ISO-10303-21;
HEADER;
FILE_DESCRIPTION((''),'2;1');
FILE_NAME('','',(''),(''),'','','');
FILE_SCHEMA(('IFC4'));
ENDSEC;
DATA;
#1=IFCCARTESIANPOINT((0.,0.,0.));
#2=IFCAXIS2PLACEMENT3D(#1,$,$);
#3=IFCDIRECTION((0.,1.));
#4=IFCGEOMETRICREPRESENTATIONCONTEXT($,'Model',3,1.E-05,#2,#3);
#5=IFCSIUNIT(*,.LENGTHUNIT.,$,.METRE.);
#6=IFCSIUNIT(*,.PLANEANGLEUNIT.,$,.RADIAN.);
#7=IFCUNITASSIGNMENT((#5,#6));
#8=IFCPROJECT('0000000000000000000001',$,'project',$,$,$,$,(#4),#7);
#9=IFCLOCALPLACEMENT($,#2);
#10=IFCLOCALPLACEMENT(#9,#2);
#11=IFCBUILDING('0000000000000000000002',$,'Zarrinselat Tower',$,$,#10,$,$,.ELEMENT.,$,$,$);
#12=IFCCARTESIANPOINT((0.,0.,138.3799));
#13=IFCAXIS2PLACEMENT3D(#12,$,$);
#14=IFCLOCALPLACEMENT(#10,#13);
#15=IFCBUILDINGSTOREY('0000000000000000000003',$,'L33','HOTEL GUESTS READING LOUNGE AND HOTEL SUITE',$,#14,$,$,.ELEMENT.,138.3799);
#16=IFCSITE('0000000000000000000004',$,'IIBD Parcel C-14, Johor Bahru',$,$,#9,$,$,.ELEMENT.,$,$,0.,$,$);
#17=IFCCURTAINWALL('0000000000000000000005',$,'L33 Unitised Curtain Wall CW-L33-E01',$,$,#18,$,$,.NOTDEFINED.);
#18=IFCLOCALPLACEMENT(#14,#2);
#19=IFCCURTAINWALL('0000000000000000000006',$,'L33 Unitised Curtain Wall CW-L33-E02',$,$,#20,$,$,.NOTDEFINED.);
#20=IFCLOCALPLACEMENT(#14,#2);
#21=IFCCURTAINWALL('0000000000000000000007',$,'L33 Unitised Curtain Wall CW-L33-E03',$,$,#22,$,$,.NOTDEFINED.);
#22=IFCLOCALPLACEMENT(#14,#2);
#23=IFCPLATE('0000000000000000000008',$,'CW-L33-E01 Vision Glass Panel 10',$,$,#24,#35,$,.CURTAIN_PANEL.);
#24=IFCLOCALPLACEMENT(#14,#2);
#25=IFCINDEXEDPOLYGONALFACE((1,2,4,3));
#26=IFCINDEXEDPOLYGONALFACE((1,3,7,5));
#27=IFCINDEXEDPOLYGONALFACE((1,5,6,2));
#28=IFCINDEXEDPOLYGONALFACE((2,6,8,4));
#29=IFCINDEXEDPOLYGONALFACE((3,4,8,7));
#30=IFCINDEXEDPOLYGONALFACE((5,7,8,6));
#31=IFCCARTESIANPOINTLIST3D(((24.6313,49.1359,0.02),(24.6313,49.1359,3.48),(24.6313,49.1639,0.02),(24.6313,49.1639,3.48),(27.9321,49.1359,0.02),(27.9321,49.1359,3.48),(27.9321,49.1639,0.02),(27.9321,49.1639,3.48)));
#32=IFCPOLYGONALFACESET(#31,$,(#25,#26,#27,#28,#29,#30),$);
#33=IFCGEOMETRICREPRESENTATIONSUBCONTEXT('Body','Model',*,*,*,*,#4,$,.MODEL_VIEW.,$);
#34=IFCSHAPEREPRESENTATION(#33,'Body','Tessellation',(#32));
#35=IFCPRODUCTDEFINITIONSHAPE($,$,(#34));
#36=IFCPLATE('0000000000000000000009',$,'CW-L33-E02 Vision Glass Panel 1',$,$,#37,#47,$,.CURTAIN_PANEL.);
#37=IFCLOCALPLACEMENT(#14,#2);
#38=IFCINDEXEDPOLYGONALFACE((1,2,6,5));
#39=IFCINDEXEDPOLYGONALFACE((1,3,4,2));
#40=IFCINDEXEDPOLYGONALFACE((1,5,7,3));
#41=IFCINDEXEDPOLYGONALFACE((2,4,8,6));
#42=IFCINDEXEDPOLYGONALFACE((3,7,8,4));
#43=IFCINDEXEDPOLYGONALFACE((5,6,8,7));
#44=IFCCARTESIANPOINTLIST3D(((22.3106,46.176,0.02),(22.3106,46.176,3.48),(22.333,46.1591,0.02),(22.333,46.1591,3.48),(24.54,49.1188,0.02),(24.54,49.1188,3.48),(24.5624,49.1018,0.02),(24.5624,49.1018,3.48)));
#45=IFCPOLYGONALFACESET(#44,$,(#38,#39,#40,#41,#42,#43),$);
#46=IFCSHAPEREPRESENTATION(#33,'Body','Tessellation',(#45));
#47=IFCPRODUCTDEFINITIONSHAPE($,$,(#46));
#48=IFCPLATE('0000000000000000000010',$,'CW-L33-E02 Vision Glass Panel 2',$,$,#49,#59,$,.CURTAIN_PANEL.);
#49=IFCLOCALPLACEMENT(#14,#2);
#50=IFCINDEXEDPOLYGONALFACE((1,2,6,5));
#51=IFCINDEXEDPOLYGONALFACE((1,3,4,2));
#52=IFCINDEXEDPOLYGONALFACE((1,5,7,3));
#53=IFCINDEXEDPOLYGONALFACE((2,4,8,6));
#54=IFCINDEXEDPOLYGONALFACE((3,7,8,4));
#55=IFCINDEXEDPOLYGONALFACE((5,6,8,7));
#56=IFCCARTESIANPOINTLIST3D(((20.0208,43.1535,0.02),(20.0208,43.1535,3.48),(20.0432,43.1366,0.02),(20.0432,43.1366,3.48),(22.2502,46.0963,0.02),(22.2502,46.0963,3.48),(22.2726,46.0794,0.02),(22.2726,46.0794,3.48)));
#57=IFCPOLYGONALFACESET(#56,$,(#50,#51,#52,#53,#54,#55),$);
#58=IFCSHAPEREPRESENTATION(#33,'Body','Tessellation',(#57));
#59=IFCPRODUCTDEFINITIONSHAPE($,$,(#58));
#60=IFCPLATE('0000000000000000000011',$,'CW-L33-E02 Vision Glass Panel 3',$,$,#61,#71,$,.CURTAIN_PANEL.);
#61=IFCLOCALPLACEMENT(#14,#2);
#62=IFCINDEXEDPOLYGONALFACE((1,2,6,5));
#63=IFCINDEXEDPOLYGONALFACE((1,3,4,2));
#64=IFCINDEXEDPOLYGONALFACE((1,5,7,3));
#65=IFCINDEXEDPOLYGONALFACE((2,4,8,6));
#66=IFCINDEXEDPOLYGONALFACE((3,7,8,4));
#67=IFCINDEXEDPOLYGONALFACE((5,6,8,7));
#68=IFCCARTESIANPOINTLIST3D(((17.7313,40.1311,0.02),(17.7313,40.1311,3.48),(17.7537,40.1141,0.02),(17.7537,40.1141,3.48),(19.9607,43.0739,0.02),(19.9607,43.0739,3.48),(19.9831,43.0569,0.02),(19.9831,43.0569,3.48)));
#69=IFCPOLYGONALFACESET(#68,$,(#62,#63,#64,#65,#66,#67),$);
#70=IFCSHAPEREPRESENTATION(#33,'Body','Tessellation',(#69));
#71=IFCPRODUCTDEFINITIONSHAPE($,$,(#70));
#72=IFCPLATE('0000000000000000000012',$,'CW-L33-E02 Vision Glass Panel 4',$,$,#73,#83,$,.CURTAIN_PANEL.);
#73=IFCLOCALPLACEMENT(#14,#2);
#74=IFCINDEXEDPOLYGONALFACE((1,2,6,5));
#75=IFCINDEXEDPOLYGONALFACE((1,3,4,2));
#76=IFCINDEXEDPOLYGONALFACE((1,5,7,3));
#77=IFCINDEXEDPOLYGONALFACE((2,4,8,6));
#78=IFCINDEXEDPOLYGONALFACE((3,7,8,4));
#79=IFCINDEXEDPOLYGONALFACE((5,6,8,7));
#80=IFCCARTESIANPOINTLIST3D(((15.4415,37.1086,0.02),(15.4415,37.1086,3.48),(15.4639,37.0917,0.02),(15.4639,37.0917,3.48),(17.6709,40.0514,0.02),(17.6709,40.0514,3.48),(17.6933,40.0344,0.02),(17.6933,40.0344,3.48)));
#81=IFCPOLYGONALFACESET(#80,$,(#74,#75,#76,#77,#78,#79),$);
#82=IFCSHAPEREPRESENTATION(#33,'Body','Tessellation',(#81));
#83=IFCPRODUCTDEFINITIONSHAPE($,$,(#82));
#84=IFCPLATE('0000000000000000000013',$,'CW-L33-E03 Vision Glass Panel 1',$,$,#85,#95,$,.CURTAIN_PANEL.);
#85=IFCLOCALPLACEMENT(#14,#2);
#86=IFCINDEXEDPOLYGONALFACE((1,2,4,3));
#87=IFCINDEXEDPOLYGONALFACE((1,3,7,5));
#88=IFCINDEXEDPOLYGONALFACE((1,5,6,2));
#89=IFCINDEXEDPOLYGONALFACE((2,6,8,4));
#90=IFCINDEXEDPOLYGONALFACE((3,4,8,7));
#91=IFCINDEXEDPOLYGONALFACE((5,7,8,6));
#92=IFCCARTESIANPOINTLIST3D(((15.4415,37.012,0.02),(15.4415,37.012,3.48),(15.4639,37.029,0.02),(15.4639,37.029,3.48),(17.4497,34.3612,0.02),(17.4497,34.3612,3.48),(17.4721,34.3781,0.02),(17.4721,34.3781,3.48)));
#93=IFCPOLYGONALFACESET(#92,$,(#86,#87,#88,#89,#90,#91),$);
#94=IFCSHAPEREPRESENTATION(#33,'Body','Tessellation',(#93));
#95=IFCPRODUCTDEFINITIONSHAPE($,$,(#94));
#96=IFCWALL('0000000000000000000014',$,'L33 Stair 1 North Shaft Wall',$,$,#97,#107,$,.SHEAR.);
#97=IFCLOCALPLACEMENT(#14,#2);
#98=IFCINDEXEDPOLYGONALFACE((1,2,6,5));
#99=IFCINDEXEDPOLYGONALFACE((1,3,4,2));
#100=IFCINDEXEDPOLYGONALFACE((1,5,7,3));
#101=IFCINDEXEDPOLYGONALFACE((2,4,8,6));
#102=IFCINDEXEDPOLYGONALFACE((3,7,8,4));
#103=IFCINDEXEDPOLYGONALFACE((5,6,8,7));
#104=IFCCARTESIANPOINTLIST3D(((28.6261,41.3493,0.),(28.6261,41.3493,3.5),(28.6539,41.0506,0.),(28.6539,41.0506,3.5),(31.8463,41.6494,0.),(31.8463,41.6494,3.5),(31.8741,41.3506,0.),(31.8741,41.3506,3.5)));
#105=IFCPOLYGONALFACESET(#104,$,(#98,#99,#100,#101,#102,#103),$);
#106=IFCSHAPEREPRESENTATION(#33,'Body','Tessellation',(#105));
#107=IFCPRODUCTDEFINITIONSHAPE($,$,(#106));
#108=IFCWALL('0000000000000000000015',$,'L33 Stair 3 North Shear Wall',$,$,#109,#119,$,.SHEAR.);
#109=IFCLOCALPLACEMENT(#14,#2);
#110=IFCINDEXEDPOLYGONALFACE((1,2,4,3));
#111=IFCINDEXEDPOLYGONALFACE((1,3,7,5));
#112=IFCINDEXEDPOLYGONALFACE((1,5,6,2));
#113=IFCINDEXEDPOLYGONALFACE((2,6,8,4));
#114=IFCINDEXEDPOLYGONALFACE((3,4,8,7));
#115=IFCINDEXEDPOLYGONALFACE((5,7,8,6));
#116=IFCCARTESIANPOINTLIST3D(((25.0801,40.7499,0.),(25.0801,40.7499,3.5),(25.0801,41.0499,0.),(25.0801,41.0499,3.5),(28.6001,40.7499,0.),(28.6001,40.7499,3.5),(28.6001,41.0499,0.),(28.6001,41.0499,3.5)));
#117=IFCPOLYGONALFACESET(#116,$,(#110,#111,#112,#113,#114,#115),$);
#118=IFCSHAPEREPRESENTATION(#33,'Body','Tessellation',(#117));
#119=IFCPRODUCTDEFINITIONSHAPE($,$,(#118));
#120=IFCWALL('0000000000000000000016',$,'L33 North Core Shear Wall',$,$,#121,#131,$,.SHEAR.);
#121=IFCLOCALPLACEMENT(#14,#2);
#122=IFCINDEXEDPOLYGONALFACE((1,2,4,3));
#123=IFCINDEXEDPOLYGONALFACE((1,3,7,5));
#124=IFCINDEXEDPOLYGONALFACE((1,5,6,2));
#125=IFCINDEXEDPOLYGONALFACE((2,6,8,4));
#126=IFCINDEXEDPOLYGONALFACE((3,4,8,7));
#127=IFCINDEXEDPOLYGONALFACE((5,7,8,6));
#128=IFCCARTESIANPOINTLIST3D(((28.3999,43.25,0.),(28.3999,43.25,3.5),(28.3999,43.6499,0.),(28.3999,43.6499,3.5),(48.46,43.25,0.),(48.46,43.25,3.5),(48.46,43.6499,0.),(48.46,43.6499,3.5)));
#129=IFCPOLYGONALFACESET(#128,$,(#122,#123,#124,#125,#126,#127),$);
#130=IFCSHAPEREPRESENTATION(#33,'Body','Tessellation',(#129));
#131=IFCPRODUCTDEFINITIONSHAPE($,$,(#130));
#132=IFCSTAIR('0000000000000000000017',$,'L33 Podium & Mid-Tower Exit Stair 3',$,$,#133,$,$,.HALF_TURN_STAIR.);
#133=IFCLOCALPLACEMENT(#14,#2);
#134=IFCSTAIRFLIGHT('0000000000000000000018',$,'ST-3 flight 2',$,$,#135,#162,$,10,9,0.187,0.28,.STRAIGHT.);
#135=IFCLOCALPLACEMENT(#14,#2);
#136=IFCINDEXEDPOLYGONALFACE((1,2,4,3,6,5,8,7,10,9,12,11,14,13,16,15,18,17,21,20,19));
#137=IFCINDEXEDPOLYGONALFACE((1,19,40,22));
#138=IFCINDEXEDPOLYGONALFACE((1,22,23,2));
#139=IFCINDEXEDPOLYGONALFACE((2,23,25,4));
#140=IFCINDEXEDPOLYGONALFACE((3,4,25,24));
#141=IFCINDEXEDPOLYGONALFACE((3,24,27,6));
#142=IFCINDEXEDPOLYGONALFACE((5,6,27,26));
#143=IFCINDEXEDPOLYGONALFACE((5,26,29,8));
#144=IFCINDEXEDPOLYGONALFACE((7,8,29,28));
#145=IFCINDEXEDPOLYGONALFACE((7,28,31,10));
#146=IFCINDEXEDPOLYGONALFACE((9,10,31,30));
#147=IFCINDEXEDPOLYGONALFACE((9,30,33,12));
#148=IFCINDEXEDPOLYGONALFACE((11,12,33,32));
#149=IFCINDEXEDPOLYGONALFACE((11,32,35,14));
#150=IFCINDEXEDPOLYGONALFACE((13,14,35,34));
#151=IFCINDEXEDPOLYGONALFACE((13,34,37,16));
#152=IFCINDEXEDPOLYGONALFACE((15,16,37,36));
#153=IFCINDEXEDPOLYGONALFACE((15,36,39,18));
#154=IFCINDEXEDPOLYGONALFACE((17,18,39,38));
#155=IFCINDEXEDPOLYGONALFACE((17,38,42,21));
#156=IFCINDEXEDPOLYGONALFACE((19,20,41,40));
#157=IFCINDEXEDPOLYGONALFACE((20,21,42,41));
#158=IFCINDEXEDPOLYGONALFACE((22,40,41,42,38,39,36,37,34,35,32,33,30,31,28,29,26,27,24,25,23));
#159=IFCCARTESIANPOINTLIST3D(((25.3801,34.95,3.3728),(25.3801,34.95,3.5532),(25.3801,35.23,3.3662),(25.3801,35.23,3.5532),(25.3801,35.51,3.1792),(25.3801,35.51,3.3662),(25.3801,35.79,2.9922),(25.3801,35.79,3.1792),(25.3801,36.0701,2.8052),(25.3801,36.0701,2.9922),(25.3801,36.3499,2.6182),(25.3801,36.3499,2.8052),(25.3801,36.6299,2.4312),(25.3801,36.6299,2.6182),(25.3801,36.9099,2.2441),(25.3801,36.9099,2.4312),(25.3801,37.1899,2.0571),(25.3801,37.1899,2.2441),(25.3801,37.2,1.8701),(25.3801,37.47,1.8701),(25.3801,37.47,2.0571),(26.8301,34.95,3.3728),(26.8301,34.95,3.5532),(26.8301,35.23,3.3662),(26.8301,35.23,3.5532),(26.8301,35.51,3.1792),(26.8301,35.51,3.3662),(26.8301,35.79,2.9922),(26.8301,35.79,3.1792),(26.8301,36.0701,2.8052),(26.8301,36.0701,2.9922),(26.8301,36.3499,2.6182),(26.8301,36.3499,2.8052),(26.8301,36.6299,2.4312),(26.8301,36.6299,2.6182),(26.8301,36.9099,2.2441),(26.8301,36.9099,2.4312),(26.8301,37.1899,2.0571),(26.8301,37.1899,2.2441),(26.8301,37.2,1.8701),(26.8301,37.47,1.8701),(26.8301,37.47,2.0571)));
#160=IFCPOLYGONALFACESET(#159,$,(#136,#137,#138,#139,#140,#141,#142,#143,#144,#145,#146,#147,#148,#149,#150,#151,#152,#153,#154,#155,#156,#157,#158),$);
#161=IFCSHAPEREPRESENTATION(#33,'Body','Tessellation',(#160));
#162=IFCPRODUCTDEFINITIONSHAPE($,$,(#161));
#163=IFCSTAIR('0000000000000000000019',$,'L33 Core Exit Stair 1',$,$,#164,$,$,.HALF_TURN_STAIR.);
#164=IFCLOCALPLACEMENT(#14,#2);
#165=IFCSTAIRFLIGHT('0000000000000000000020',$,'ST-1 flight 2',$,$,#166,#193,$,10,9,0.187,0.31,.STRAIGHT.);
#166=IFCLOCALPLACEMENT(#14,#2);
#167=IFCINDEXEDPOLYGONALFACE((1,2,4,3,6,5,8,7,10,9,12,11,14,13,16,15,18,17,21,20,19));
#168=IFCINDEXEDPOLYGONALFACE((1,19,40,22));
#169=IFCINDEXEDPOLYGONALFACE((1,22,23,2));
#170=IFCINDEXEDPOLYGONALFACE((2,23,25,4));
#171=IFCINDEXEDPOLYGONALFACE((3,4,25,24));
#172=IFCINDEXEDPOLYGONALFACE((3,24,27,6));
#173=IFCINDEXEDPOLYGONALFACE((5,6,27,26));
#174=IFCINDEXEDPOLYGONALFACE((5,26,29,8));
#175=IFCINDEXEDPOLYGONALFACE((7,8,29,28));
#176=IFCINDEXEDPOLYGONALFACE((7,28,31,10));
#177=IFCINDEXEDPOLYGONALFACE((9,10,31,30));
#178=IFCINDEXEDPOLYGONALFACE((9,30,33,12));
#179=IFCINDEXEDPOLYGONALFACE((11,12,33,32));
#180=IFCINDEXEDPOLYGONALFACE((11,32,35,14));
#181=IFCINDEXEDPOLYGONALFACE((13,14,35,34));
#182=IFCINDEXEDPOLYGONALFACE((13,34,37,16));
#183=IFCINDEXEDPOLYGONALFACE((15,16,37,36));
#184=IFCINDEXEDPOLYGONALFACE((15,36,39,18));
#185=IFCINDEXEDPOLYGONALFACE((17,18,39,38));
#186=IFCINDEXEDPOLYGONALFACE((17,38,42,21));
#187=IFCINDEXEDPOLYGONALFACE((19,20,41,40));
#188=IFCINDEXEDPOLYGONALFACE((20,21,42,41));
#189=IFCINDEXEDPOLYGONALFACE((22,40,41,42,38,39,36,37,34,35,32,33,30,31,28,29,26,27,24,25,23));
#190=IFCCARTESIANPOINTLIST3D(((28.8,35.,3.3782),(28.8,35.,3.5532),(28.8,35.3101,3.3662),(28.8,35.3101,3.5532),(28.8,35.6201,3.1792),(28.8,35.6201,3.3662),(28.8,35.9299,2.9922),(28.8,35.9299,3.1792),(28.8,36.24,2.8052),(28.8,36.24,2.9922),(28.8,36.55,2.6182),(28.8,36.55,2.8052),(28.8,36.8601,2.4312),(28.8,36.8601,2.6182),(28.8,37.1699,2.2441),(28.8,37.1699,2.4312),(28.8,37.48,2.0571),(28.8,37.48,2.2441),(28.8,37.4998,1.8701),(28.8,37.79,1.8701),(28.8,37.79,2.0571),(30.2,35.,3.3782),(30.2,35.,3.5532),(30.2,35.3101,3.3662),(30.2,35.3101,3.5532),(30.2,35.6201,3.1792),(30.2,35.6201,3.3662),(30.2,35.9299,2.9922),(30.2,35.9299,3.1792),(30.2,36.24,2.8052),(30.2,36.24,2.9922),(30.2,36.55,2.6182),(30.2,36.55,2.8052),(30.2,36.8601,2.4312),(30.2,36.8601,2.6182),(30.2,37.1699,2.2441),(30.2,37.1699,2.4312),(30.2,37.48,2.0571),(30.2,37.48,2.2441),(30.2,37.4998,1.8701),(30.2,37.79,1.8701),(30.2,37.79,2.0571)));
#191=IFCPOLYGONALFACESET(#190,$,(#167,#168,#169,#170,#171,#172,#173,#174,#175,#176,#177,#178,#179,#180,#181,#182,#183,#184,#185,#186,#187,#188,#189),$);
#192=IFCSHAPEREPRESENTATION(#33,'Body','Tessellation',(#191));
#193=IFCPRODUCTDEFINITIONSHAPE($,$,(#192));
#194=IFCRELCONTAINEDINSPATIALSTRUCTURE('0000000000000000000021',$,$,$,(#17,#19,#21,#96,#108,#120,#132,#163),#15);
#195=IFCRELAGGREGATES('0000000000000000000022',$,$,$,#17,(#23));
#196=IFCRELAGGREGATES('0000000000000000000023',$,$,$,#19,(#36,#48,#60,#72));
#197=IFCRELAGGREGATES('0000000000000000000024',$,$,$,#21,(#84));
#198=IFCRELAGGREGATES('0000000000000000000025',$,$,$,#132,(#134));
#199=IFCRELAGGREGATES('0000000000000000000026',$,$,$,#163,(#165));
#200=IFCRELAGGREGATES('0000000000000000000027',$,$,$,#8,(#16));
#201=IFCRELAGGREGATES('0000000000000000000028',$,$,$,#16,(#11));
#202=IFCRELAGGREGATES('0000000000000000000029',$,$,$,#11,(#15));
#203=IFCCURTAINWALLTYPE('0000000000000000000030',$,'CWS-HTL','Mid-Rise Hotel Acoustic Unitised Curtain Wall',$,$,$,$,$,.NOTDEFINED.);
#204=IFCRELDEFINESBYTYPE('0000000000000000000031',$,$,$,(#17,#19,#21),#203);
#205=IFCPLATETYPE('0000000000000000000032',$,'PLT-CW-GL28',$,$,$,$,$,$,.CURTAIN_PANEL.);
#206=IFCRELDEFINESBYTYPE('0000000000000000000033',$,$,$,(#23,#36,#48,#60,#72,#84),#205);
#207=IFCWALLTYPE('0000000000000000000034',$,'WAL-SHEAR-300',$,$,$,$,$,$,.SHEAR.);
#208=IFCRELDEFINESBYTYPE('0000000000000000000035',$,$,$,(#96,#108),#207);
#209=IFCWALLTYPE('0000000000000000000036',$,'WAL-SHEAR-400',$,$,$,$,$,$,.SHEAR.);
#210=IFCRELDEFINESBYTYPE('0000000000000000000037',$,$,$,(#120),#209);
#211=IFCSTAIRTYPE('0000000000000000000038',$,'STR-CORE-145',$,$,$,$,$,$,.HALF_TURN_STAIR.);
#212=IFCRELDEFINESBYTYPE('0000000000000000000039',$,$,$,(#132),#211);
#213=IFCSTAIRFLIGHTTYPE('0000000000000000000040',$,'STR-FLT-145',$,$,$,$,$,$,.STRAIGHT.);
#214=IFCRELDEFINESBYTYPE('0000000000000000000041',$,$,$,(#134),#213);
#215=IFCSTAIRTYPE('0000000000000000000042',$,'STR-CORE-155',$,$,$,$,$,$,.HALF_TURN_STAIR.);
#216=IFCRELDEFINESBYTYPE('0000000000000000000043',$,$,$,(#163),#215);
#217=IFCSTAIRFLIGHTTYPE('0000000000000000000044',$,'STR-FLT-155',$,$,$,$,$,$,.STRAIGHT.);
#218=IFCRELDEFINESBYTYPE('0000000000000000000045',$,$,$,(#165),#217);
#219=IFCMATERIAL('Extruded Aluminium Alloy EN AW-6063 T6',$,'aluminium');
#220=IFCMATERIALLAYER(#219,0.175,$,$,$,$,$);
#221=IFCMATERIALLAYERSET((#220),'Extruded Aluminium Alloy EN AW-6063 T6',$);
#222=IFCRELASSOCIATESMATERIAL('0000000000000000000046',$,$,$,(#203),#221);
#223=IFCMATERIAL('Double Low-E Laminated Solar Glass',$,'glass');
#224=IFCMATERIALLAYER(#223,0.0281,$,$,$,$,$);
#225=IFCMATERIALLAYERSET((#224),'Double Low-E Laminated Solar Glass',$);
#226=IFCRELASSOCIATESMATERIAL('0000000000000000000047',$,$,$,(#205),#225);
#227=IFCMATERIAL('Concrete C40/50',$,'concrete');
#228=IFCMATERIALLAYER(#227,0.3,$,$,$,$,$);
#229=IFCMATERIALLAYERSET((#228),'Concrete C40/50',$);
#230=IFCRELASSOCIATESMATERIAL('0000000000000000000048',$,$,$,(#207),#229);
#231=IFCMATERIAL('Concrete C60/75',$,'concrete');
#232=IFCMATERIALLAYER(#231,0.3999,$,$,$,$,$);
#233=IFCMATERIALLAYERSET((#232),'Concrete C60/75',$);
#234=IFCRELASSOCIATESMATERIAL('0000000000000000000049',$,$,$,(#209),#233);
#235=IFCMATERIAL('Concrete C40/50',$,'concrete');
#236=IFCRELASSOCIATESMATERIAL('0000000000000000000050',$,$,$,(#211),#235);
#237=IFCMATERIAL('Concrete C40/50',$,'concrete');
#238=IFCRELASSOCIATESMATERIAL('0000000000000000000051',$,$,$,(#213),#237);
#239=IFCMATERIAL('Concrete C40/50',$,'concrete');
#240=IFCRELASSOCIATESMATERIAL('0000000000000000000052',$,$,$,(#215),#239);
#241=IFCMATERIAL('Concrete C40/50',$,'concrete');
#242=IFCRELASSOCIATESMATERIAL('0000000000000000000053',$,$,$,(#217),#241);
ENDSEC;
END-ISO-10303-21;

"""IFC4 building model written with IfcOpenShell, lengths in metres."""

from ifc_helpers import new_model, si_unit, direction, frame, frame_2d, origin, origin_2d, place, context, subcontext, project, spatial, polyline, rectangle, outline, extrude, material, layer, layer_set, type_object, element, aggregate, save


model = new_model("IFC4")

# Units and contexts
model_context = context("Model", 3, precision=1e-05, world=origin(), true_north=direction((0.0, 1.0)))
body_context = subcontext(model_context, "Body", "Model", "MODEL_VIEW")
ifc_project = project(units=[si_unit("LENGTHUNIT", "METRE"), si_unit("PLANEANGLEUNIT", "RADIAN")], contexts=[model_context])

# Site, building, storey
site_placement = place(None, origin())
site = spatial("IfcSite", under=ifc_project, at=site_placement, Name="IIBD Parcel C-14, Johor Bahru", CompositionType="ELEMENT", RefElevation=0.0)
building_placement = place(site_placement, origin())
building = spatial("IfcBuilding", under=site, at=building_placement, Name="Zarrinselat Tower", CompositionType="ELEMENT")
storey_placement = place(building_placement, frame((0.0, 0.0, 138.3799)))
storey = spatial("IfcBuildingStorey", under=building, at=storey_placement, Name="L33", Description="HOTEL GUESTS READING LOUNGE AND HOTEL SUITE", CompositionType="ELEMENT", Elevation=138.3799)

# Curtain walls
ifc_material_1 = material(Name="Extruded Aluminium Alloy EN AW-6063 T6", Category="aluminium")
ifc_layer_1 = layer(ifc_material_1, 0.175)
ifc_layer_set_1 = layer_set([ifc_layer_1], Name="Extruded Aluminium Alloy EN AW-6063 T6")
curtain_wall_type = type_object("IfcCurtainWallType", Name="CWS-HTL", Description="Mid-Rise Hotel Acoustic Unitised Curtain Wall", PredefinedType="NOTDEFINED", material=ifc_layer_set_1)
curtain_wall_1_placement = place(storey_placement, origin())
curtain_wall_1 = element("IfcCurtainWall", 1, at=curtain_wall_1_placement, inside=storey, type_object=curtain_wall_type, Name="L33 Unitised Curtain Wall CW-L33-E01", PredefinedType="NOTDEFINED")
curtain_wall_2_placement = place(storey_placement, origin())
curtain_wall_2 = element("IfcCurtainWall", 2, at=curtain_wall_2_placement, inside=storey, type_object=curtain_wall_type, Name="L33 Unitised Curtain Wall CW-L33-E02", PredefinedType="NOTDEFINED")

# Curtain wall
curtain_wall_3_placement = place(storey_placement, origin())
curtain_wall_3 = element("IfcCurtainWall", 3, at=curtain_wall_3_placement, inside=storey, type_object=curtain_wall_type, Name="L33 Unitised Curtain Wall CW-L33-E03", PredefinedType="NOTDEFINED")

# Plates
ifc_material_2 = material(Name="Double Low-E Laminated Solar Glass", Category="glass")
ifc_layer_2 = layer(ifc_material_2, 0.0281)
ifc_layer_set_2 = layer_set([ifc_layer_2], Name="Double Low-E Laminated Solar Glass")
plate_type = type_object("IfcPlateType", Name="PLT-CW-GL28", PredefinedType="CURTAIN_PANEL", material=ifc_layer_set_2)
plate_1_placement = place(storey_placement, frame((26.2817, 49.1499, 0.02), z_axis=(0.0, 0.0, 1.0), x_axis=(-1.0, 0.0, 0.0)))
plate_1 = element("IfcPlate", 4, at=plate_1_placement, type_object=plate_type, Name="CW-L33-E01 Vision Glass Panel 10", PredefinedType="CURTAIN_PANEL", context=body_context, shape_type="SweptSolid", body=[
    extrude(rectangle(XDim=3.3008, YDim=0.0281, at=origin_2d()), origin(), (0.0, 0.0, 1.0), 3.46),
])
aggregate(curtain_wall_1, [plate_1])
plate_2_placement = place(storey_placement, frame((23.4365, 47.6389, 0.02), z_axis=(0.0, 0.0, 1.0), x_axis=(-0.603859, -0.797091, 0.0)))
plate_2 = element("IfcPlate", 5, at=plate_2_placement, type_object=plate_type, Name="CW-L33-E02 Vision Glass Panel 1", PredefinedType="CURTAIN_PANEL", context=body_context, shape_type="SweptSolid", body=[
    extrude(rectangle(XDim=3.6919, YDim=0.0281, at=origin_2d()), origin(), (0.0, 0.0, 1.0), 3.46),
])
plate_3_placement = place(storey_placement, frame((21.1467, 44.6165, 0.02), z_axis=(0.0, 0.0, 1.0), x_axis=(-0.603859, -0.797091, 0.0)))
plate_3 = element("IfcPlate", 6, at=plate_3_placement, type_object=plate_type, Name="CW-L33-E02 Vision Glass Panel 2", PredefinedType="CURTAIN_PANEL", context=body_context, shape_type="SweptSolid", body=[
    extrude(rectangle(XDim=3.6919, YDim=0.0281, at=origin_2d()), origin(), (0.0, 0.0, 1.0), 3.46),
])
plate_4_placement = place(storey_placement, frame((18.8572, 41.594, 0.02), z_axis=(0.0, 0.0, 1.0), x_axis=(-0.603859, -0.797091, 0.0)))
plate_4 = element("IfcPlate", 7, at=plate_4_placement, type_object=plate_type, Name="CW-L33-E02 Vision Glass Panel 3", PredefinedType="CURTAIN_PANEL", context=body_context, shape_type="SweptSolid", body=[
    extrude(rectangle(XDim=3.6919, YDim=0.0281, at=origin_2d()), origin(), (0.0, 0.0, 1.0), 3.46),
])
plate_5_placement = place(storey_placement, frame((16.5674, 38.5715, 0.02), z_axis=(0.0, 0.0, 1.0), x_axis=(-0.603859, -0.797091, 0.0)))
plate_5 = element("IfcPlate", 8, at=plate_5_placement, type_object=plate_type, Name="CW-L33-E02 Vision Glass Panel 4", PredefinedType="CURTAIN_PANEL", context=body_context, shape_type="SweptSolid", body=[
    extrude(rectangle(XDim=3.6919, YDim=0.0281, at=origin_2d()), origin(), (0.0, 0.0, 1.0), 3.46),
])
aggregate(curtain_wall_2, [plate_2, plate_3, plate_4, plate_5])
plate_6_placement = place(storey_placement, frame((16.4568, 35.6951, 0.02), z_axis=(0.0, 0.0, 1.0), x_axis=(0.603856, -0.797094, 0.0)))
plate_6 = element("IfcPlate", 9, at=plate_6_placement, type_object=plate_type, Name="CW-L33-E03 Vision Glass Panel 1", PredefinedType="CURTAIN_PANEL", context=body_context, shape_type="SweptSolid", body=[
    extrude(rectangle(XDim=3.3257, YDim=0.0281, at=origin_2d()), origin(), (0.0, 0.0, 1.0), 3.46),
])
aggregate(curtain_wall_3, [plate_6])

# Walls
ifc_material_3 = material(Name="Concrete C40/50", Category="concrete")
ifc_layer_3 = layer(ifc_material_3, 0.3)
ifc_layer_set_3 = layer_set([ifc_layer_3], Name="Concrete C40/50")
wall_type_1 = type_object("IfcWallType", Name="WAL-SHEAR-300", PredefinedType="SHEAR", material=ifc_layer_set_3)
wall_1_placement = place(storey_placement, frame((28.6399, 41.2, 0.0), z_axis=(0.0, 0.0, 1.0), x_axis=(0.995687, 0.092775, 0.0)))
element("IfcWall", 10, at=wall_1_placement, inside=storey, type_object=wall_type_1, Name="L33 Stair 1 North Shaft Wall", PredefinedType="SHEAR", context=body_context, shape_type="SweptSolid", body=[
    extrude(rectangle(XDim=3.2341, YDim=0.3, at=frame_2d((1.6172, 0.0))), origin(), (0.0, 0.0, 1.0), 3.5),
])
wall_2_placement = place(storey_placement, frame((25.0801, 40.8999, 0.0), z_axis=(0.0, 0.0, 1.0), x_axis=(1.0, 0.0, 0.0)))
element("IfcWall", 11, at=wall_2_placement, inside=storey, type_object=wall_type_1, Name="L33 Stair 3 North Shear Wall", PredefinedType="SHEAR", context=body_context, shape_type="SweptSolid", body=[
    extrude(rectangle(XDim=3.52, YDim=0.3, at=frame_2d((1.76, 0.0))), origin(), (0.0, 0.0, 1.0), 3.5),
])
ifc_material_4 = material(Name="Concrete C60/75", Category="concrete")
ifc_layer_4 = layer(ifc_material_4, 0.3999)
ifc_layer_set_4 = layer_set([ifc_layer_4], Name="Concrete C60/75")
wall_type_2 = type_object("IfcWallType", Name="WAL-SHEAR-400", PredefinedType="SHEAR", material=ifc_layer_set_4)
wall_3_placement = place(storey_placement, frame((28.3999, 43.45, 0.0), z_axis=(0.0, 0.0, 1.0), x_axis=(1.0, 0.0, 0.0)))
element("IfcWall", 12, at=wall_3_placement, inside=storey, type_object=wall_type_2, Name="L33 North Core Shear Wall", PredefinedType="SHEAR", context=body_context, shape_type="SweptSolid", body=[
    extrude(rectangle(XDim=20.0601, YDim=0.3999, at=frame_2d((10.03, 0.0))), origin(), (0.0, 0.0, 1.0), 3.5),
])

# Stairs, stair flights
ifc_material_5 = material(Name="Concrete C40/50", Category="concrete")
stair_type_1 = type_object("IfcStairType", Name="STR-CORE-145", PredefinedType="HALF_TURN_STAIR", material=ifc_material_5)
stair_1_placement = place(storey_placement, origin())
stair_1 = element("IfcStair", 13, at=stair_1_placement, inside=storey, type_object=stair_type_1, Name="L33 Podium & Mid-Tower Exit Stair 3", PredefinedType="HALF_TURN_STAIR")
ifc_material_6 = material(Name="Concrete C40/50", Category="concrete")
stair_flight_type_1 = type_object("IfcStairFlightType", Name="STR-FLT-145", PredefinedType="STRAIGHT", material=ifc_material_6)
stair_flight_1_placement = place(storey_placement, frame((26.105, 37.47, 1.8701), z_axis=(0.0, 0.0, 1.0), x_axis=(0.0, -1.0, 0.0)))
stair_flight_1 = element("IfcStairFlight", 14, at=stair_flight_1_placement, type_object=stair_flight_type_1, Name="ST-3 flight 2", NumberOfRisers=10, NumberOfTreads=9, PredefinedType="STRAIGHT", RiserHeight=0.187, TreadLength=0.28, context=body_context, shape_type="SweptSolid", body=[
    extrude(outline(polyline([(0.0, 0.0), (0.0, 0.187), (0.28, 0.187), (0.28, 0.374), (0.5601, 0.374), (0.5601, 0.561), (0.8401, 0.561), (0.8401, 0.748), (1.1201, 0.748), (1.1201, 0.9351), (1.3999, 0.9351), (1.3999, 1.1221), (1.6799, 1.1221), (1.6799, 1.3091), (1.96, 1.3091), (1.96, 1.4961), (2.24, 1.4961), (2.24, 1.6831), (2.52, 1.6831), (2.52, 1.8701), (2.52, 1.5027), (0.27, 0.0), (0.0, 0.0)])), frame((0.0, 0.7251, 0.0), z_axis=(0.0, -1.0, 0.0), x_axis=(1.0, 0.0, 0.0)), (0.0, 0.0, 1.0), 1.45),
])
aggregate(stair_1, [stair_flight_1])
ifc_material_7 = material(Name="Concrete C40/50", Category="concrete")
stair_type_2 = type_object("IfcStairType", Name="STR-CORE-155", PredefinedType="HALF_TURN_STAIR", material=ifc_material_7)
stair_2_placement = place(storey_placement, origin())
stair_2 = element("IfcStair", 15, at=stair_2_placement, inside=storey, type_object=stair_type_2, Name="L33 Core Exit Stair 1", PredefinedType="HALF_TURN_STAIR")
ifc_material_8 = material(Name="Concrete C40/50", Category="concrete")
stair_flight_type_2 = type_object("IfcStairFlightType", Name="STR-FLT-155", PredefinedType="STRAIGHT", material=ifc_material_8)
stair_flight_2_placement = place(storey_placement, frame((29.5, 37.79, 1.8701), z_axis=(0.0, 0.0, 1.0), x_axis=(0.0, -1.0, 0.0)))
stair_flight_2 = element("IfcStairFlight", 16, at=stair_flight_2_placement, type_object=stair_flight_type_2, Name="ST-1 flight 2", NumberOfRisers=10, NumberOfTreads=9, PredefinedType="STRAIGHT", RiserHeight=0.187, TreadLength=0.31, context=body_context, shape_type="SweptSolid", body=[
    extrude(outline(polyline([(0.0, 0.0), (0.0, 0.187), (0.3101, 0.187), (0.3101, 0.374), (0.6201, 0.374), (0.6201, 0.561), (0.9299, 0.561), (0.9299, 0.748), (1.24, 0.748), (1.24, 0.9351), (1.55, 0.9351), (1.55, 1.1221), (1.8601, 1.1221), (1.8601, 1.3091), (2.1699, 1.3091), (2.1699, 1.4961), (2.48, 1.4961), (2.48, 1.6831), (2.79, 1.6831), (2.79, 1.8701), (2.79, 1.5081), (0.2903, 0.0), (0.0, 0.0)])), frame((0.0, 0.7, 0.0), z_axis=(0.0, -1.0, 0.0), x_axis=(1.0, 0.0, 0.0)), (0.0, 0.0, 1.0), 1.3999),
])
aggregate(stair_2, [stair_flight_2])

save(model, "model.ifc")
